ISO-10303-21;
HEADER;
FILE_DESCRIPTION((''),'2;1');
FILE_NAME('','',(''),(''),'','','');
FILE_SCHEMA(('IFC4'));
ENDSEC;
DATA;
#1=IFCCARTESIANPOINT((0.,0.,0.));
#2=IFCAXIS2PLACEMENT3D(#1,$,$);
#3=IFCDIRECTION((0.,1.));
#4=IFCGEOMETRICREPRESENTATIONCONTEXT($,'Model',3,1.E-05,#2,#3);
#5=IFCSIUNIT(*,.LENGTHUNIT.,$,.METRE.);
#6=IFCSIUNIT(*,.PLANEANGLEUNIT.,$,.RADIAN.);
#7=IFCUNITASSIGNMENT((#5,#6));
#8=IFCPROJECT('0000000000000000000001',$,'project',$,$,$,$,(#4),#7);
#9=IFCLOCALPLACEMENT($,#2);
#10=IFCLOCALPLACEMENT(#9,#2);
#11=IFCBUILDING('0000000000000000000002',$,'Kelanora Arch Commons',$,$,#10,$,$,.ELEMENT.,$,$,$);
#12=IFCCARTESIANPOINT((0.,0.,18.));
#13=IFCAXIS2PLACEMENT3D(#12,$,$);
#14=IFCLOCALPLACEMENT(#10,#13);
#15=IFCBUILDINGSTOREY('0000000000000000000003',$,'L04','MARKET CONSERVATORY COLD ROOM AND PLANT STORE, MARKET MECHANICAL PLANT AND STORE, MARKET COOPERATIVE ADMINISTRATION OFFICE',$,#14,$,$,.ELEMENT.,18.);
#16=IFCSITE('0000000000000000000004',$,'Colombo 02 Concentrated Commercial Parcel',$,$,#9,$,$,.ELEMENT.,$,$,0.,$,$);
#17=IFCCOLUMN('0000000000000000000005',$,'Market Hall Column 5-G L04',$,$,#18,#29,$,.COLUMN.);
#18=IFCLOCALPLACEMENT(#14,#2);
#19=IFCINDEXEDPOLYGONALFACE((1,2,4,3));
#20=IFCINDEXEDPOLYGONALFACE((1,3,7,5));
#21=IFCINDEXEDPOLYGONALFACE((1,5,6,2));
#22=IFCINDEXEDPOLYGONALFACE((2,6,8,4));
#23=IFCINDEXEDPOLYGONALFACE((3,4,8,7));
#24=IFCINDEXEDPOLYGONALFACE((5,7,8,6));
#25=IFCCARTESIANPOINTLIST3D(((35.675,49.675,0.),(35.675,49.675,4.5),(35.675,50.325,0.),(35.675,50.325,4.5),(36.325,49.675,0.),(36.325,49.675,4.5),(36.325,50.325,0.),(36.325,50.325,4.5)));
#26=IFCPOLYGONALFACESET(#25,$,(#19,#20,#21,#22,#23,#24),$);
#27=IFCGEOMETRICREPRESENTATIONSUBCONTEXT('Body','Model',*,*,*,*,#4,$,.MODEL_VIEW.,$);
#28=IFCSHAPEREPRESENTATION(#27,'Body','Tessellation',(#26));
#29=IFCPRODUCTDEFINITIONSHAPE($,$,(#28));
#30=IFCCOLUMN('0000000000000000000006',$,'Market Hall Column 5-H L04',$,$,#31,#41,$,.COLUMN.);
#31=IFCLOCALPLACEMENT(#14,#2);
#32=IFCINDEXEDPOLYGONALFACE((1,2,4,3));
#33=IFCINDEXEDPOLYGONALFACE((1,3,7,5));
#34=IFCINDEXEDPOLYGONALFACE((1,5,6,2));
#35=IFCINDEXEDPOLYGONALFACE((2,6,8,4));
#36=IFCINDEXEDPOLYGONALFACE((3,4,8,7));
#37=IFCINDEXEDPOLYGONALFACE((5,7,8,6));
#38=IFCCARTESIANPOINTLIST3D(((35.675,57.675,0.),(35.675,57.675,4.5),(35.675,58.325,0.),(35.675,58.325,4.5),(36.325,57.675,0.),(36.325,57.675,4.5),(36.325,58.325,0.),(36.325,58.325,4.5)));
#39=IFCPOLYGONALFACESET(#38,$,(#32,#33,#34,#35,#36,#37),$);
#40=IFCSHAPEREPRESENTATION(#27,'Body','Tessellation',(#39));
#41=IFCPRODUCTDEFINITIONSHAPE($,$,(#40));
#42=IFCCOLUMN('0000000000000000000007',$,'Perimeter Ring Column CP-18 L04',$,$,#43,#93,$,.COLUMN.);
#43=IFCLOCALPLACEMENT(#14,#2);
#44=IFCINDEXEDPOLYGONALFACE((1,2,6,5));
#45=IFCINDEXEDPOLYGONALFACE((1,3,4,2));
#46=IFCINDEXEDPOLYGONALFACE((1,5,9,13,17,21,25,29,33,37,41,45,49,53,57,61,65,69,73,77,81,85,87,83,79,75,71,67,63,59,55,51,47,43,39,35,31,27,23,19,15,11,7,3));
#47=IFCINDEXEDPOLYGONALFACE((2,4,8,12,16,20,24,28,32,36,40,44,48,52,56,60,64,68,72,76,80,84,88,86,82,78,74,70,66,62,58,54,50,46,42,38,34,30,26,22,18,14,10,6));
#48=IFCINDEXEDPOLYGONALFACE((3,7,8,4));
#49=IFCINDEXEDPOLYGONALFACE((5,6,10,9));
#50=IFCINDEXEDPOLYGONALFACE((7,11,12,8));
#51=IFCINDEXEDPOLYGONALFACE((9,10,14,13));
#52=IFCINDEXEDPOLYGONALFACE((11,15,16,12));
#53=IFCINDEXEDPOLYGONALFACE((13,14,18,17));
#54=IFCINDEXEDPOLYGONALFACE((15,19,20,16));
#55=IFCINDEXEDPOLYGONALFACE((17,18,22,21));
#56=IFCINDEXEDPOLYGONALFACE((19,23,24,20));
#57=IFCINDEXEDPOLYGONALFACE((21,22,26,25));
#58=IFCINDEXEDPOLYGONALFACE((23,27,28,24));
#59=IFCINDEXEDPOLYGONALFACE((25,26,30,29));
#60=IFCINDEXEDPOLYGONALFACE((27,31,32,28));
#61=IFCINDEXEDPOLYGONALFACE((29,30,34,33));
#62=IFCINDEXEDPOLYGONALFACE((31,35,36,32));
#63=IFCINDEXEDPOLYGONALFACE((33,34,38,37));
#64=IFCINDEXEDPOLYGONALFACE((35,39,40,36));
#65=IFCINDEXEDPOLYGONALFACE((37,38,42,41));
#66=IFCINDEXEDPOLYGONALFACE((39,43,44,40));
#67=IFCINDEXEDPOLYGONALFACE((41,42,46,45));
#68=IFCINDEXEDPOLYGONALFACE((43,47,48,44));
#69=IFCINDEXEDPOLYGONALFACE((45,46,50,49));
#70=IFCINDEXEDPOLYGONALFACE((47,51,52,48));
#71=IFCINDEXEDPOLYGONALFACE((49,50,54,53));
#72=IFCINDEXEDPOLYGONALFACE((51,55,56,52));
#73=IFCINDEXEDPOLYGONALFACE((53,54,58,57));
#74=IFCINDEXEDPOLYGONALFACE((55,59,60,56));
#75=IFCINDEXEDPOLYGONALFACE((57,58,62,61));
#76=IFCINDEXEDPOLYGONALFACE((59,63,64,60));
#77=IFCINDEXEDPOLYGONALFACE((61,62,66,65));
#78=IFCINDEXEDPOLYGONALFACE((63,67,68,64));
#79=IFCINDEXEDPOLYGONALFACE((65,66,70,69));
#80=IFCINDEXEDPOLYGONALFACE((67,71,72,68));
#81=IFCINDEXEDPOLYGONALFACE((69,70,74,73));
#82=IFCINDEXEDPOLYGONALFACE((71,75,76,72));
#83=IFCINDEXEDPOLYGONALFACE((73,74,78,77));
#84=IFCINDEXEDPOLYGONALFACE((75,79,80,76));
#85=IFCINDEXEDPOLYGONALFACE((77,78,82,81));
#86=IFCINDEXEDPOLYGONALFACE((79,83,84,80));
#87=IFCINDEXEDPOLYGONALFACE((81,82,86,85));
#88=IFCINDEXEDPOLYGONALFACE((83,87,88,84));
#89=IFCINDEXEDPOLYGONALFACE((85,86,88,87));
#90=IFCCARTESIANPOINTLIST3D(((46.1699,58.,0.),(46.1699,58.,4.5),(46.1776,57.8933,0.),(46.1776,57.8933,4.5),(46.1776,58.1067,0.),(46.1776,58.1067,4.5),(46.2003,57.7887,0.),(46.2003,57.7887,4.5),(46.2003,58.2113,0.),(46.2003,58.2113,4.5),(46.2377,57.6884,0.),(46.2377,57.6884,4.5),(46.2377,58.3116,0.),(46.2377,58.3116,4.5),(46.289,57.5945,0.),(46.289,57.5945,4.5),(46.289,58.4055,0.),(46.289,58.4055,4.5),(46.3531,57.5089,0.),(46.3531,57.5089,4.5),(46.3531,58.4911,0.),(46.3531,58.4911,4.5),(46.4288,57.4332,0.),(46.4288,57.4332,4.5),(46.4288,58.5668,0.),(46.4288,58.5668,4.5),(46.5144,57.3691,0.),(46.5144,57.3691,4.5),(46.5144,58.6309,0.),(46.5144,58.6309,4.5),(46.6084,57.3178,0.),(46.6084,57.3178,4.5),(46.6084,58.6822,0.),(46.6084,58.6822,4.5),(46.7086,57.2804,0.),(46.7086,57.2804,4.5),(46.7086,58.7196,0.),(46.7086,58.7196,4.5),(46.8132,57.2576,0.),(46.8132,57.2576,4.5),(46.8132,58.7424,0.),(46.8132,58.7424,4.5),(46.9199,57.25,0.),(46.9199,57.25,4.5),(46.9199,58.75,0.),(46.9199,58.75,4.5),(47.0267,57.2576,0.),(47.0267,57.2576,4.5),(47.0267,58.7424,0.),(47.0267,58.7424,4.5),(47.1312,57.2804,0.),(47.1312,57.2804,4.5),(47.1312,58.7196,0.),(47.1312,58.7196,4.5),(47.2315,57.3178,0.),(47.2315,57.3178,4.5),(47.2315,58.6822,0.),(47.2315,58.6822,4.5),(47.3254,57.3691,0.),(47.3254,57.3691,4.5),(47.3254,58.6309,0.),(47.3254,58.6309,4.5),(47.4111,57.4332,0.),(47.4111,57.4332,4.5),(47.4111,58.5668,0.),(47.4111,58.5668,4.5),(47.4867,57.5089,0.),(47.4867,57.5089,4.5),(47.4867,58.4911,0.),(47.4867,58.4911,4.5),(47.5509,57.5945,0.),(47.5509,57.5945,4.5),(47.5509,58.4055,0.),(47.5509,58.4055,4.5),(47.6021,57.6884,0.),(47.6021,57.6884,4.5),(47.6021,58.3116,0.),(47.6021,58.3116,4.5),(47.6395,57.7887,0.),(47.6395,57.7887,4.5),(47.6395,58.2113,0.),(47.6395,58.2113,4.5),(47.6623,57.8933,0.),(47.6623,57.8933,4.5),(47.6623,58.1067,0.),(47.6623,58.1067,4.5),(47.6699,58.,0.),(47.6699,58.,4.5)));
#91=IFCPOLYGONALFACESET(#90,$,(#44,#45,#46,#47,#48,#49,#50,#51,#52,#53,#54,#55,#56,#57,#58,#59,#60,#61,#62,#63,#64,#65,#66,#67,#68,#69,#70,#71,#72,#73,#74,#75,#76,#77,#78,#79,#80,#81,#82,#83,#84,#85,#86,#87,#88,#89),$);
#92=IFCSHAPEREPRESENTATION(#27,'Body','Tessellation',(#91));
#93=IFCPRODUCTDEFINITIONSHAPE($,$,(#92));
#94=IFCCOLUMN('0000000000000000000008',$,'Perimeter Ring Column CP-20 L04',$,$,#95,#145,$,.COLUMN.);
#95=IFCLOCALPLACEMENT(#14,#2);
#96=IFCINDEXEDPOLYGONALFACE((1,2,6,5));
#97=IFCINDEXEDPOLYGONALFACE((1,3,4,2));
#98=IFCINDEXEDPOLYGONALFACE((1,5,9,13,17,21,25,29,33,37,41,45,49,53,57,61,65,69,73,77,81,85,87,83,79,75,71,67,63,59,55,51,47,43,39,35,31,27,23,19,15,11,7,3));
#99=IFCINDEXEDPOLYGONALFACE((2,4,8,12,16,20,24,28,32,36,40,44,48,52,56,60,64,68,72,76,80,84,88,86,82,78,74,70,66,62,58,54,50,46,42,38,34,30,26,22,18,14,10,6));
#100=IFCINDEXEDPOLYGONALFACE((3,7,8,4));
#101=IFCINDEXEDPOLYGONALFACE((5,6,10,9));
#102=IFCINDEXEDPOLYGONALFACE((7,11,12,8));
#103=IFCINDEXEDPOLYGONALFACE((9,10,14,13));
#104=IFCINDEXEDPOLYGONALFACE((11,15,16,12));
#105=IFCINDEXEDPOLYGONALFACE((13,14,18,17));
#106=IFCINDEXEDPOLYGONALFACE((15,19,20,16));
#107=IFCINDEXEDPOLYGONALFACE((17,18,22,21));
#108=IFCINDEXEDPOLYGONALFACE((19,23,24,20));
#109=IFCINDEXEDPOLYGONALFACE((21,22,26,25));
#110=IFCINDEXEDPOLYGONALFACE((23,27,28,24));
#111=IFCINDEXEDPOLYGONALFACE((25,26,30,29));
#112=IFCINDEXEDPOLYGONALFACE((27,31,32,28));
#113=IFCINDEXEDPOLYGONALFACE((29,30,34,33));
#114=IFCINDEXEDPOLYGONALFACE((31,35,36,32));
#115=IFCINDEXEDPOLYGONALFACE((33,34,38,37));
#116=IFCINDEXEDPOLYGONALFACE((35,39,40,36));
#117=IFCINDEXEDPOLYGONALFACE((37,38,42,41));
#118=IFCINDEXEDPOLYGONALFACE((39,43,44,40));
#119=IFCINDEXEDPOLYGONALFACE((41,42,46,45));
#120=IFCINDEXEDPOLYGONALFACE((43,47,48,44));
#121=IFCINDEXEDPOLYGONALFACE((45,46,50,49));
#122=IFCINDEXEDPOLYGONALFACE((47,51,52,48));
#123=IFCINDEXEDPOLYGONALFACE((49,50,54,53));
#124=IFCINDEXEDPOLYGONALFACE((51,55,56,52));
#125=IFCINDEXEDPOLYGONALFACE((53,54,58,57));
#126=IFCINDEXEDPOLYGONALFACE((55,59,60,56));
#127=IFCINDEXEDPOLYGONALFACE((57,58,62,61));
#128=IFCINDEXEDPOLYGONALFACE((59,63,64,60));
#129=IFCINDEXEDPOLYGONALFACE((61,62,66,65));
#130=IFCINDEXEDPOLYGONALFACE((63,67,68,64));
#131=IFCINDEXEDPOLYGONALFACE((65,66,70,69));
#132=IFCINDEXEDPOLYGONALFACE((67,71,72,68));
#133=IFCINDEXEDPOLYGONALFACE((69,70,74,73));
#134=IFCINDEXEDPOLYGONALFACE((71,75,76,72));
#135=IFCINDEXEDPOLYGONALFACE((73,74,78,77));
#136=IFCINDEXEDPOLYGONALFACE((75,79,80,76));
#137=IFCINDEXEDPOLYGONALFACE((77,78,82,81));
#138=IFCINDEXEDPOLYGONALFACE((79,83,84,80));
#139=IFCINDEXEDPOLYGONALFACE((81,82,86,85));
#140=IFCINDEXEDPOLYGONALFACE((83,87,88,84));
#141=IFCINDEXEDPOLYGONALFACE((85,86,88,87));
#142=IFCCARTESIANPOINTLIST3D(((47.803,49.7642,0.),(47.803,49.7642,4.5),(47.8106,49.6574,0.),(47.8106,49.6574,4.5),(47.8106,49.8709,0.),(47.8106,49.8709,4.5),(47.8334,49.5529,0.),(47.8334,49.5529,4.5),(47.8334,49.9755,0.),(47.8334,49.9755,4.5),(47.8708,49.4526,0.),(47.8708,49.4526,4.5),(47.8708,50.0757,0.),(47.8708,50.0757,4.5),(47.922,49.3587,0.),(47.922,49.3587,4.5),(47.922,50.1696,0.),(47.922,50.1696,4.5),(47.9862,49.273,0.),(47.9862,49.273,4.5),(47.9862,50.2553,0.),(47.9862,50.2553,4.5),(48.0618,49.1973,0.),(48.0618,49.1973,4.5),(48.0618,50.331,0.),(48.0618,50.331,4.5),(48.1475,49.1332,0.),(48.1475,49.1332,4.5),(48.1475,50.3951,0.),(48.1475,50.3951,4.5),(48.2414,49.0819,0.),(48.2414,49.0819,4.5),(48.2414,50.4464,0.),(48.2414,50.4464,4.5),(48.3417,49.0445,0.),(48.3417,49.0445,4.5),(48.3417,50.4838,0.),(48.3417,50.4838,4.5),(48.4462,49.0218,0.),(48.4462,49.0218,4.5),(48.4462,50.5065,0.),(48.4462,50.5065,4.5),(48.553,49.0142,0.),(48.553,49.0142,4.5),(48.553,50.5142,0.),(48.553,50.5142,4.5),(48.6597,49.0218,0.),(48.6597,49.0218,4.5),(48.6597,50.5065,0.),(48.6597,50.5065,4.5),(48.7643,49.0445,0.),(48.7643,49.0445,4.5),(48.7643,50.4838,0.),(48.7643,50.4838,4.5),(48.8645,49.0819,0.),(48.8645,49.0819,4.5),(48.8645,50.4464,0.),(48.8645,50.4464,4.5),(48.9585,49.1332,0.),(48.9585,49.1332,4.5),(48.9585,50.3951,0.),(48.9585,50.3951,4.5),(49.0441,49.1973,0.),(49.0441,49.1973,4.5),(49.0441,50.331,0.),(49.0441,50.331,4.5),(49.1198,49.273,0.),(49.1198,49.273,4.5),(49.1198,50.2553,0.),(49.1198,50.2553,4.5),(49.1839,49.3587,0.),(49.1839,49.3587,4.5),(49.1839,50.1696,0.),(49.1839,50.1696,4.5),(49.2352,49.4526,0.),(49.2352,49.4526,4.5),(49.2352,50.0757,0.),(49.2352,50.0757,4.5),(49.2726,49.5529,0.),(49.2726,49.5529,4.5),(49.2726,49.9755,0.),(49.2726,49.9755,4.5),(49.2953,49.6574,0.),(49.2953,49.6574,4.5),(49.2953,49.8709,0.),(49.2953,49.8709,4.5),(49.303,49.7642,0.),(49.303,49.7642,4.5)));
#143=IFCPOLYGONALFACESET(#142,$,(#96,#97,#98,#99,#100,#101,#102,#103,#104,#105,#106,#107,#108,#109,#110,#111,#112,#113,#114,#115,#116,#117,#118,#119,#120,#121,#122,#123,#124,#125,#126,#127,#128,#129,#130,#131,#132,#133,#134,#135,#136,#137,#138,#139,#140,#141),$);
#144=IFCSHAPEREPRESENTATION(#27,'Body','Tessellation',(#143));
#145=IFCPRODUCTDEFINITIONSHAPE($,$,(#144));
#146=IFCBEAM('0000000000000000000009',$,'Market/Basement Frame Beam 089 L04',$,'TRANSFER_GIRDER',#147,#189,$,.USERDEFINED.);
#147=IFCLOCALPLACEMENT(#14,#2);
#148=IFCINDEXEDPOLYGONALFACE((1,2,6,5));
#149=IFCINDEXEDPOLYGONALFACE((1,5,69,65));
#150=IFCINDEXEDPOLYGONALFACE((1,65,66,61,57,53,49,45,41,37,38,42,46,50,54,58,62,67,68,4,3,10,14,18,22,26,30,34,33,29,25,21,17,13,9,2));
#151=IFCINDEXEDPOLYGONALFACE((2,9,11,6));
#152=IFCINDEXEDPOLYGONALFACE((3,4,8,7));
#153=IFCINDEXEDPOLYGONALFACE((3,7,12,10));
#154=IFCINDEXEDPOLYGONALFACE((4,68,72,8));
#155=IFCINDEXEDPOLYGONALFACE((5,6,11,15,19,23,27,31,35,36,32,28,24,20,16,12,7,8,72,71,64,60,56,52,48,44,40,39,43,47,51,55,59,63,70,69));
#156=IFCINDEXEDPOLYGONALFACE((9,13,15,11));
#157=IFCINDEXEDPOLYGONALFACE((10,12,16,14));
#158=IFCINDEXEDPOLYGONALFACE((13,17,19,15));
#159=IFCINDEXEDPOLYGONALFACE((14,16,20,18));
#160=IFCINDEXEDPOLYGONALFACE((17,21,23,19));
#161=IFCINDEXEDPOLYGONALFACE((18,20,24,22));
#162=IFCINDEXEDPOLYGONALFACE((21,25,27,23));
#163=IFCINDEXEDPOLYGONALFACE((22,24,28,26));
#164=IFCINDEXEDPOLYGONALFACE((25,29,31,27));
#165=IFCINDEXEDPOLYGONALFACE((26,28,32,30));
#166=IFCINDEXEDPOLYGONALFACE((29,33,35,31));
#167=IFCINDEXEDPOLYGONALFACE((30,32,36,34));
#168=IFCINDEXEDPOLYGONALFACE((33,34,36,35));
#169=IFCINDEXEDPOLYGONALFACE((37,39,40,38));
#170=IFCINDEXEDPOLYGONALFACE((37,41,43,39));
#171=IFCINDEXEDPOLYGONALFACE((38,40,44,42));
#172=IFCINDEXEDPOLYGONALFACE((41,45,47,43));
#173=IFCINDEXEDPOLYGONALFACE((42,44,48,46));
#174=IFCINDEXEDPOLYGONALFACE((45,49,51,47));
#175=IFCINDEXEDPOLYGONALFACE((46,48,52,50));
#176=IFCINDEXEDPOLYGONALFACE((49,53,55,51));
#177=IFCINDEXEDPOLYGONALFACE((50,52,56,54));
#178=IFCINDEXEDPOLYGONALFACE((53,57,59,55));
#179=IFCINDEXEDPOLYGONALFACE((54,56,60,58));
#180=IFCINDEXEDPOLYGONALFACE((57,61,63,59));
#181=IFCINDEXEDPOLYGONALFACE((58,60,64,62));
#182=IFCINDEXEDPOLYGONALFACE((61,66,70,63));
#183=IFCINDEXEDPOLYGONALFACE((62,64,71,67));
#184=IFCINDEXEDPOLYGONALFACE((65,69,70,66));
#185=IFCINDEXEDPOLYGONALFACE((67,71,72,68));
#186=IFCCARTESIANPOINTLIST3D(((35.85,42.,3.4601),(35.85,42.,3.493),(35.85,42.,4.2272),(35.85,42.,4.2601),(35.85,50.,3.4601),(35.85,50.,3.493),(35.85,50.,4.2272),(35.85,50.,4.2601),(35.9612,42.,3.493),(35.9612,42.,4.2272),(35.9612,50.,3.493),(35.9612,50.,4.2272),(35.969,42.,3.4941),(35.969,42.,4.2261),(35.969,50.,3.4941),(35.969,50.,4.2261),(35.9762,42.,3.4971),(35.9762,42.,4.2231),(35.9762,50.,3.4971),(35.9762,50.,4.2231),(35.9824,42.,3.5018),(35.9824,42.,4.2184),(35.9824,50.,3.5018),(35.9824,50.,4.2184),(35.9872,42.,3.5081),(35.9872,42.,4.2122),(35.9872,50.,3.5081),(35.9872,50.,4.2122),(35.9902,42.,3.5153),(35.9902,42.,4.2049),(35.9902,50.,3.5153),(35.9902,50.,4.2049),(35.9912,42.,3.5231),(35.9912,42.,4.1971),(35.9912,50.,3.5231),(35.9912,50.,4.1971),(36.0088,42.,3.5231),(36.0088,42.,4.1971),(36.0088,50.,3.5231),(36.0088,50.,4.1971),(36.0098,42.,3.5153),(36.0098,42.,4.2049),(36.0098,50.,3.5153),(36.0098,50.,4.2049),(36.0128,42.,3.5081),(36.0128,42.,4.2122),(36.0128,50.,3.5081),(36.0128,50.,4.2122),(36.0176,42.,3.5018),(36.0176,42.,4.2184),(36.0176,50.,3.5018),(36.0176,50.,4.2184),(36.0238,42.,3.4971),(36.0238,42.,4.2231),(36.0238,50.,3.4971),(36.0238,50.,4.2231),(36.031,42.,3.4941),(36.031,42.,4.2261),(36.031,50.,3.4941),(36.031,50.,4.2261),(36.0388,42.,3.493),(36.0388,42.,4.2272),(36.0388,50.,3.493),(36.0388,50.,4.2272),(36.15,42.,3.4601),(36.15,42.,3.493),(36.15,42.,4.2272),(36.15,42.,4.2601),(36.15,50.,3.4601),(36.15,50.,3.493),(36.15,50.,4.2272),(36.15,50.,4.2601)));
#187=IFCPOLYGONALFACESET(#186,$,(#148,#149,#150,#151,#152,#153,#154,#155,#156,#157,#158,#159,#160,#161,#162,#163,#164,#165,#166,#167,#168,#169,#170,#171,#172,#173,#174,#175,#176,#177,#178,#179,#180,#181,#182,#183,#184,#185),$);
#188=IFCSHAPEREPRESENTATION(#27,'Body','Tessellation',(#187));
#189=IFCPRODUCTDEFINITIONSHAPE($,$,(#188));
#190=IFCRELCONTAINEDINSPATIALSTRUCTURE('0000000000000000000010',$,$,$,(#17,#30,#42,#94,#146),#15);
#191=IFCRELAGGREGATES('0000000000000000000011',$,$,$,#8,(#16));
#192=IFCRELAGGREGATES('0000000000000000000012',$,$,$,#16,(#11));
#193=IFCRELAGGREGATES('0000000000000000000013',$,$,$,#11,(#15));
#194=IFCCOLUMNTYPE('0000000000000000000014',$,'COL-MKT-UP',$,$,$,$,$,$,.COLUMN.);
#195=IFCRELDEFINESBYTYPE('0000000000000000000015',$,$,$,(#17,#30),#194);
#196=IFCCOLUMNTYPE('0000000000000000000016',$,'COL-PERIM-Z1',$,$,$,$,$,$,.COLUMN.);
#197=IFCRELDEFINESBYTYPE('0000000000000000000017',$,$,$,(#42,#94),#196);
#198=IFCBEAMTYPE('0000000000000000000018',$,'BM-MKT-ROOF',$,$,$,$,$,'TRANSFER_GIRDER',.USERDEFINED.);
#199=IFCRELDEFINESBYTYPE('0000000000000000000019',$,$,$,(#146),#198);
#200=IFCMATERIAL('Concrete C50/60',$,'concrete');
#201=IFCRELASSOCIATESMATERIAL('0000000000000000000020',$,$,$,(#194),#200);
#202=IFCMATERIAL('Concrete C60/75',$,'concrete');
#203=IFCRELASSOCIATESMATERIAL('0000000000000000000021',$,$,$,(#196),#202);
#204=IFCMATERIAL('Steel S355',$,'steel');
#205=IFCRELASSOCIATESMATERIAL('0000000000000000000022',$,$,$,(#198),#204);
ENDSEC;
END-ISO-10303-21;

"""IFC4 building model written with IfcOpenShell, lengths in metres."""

from ifc_helpers import new_model, si_unit, direction, frame, origin, origin_2d, place, context, subcontext, project, spatial, rectangle, circle, i_section, extrude, material, material_profile, profile_set, type_object, element, save


model = new_model("IFC4")

# Units and contexts
model_context = context("Model", 3, precision=1e-05, world=origin(), true_north=direction((0.0, 1.0)))
body_context = subcontext(model_context, "Body", "Model", "MODEL_VIEW")
ifc_project = project(units=[si_unit("LENGTHUNIT", "METRE"), si_unit("PLANEANGLEUNIT", "RADIAN")], contexts=[model_context])

# Site, building, storey
site_placement = place(None, origin())
site = spatial("IfcSite", under=ifc_project, at=site_placement, Name="Colombo 02 Concentrated Commercial Parcel", CompositionType="ELEMENT", RefElevation=0.0)
building_placement = place(site_placement, origin())
building = spatial("IfcBuilding", under=site, at=building_placement, Name="Kelanora Arch Commons", CompositionType="ELEMENT")
storey_placement = place(building_placement, frame((0.0, 0.0, 18.0)))
storey = spatial("IfcBuildingStorey", under=building, at=storey_placement, Name="L04", Description="MARKET CONSERVATORY COLD ROOM AND PLANT STORE, MARKET MECHANICAL PLANT AND STORE, MARKET COOPERATIVE ADMINISTRATION OFFICE", CompositionType="ELEMENT", Elevation=18.0)

# Columns
ifc_material_1 = material(Name="Concrete C50/60", Category="concrete")
ifc_material_profile_1 = material_profile(ifc_material_1, rectangle(XDim=0.6499, YDim=0.6499, at=origin_2d()), Name="RC650x650")
ifc_profile_set_1 = profile_set([ifc_material_profile_1], Name="Concrete C50/60")
column_type_1 = type_object("IfcColumnType", Name="COL-MKT-UP", PredefinedType="COLUMN", material=ifc_profile_set_1)
for number, where, z_axis, x_axis, name in (
    (1, (36.0, 50.0, 0.0), (0.0, 0.0, 1.0), (1.0, 0.0, 0.0), "Market Hall Column 5-G L04"),
    (2, (36.0, 58.0, 0.0), (0.0, 0.0, 1.0), (1.0, 0.0, 0.0), "Market Hall Column 5-H L04"),
):
    element("IfcColumn", number, at=place(storey_placement, frame(where, z_axis=z_axis, x_axis=x_axis)), inside=storey, type_object=column_type_1, Name=name, PredefinedType="COLUMN", context=body_context, shape_type="SweptSolid", body=[
        extrude(rectangle(XDim=0.6499, YDim=0.6499, at=origin_2d()), origin(), (0.0, 0.0, 1.0), 4.5),
    ])
ifc_material_2 = material(Name="Concrete C60/75", Category="concrete")
ifc_material_profile_2 = material_profile(ifc_material_2, circle(Radius=0.75, at=origin_2d()), Name="RCC1500")
ifc_profile_set_2 = profile_set([ifc_material_profile_2], Name="Concrete C60/75")
column_type_2 = type_object("IfcColumnType", Name="COL-PERIM-Z1", PredefinedType="COLUMN", material=ifc_profile_set_2)
for number, where, z_axis, x_axis, name in (
    (3, (46.9199, 58.0, 0.0), (0.0, 0.0, 1.0), (1.0, 0.0, 0.0), "Perimeter Ring Column CP-18 L04"),
    (4, (48.553, 49.7642, 0.0), (0.0, 0.0, 1.0), (1.0, 0.0, 0.0), "Perimeter Ring Column CP-20 L04"),
):
    element("IfcColumn", number, at=place(storey_placement, frame(where, z_axis=z_axis, x_axis=x_axis)), inside=storey, type_object=column_type_2, Name=name, PredefinedType="COLUMN", context=body_context, shape_type="SweptSolid", body=[
        extrude(circle(Radius=0.75, at=origin_2d()), origin(), (0.0, 0.0, 1.0), 4.5),
    ])

# Beam
ifc_material_3 = material(Name="Steel S355", Category="steel")
ifc_material_profile_3 = material_profile(ifc_material_3, i_section(OverallWidth=0.3, OverallDepth=0.8, WebThickness=0.0176, FlangeThickness=0.033, FilletRadius=0.03, at=origin_2d()), Name="HEB800")
ifc_profile_set_3 = profile_set([ifc_material_profile_3], Name="Steel S355")
beam_type_1 = type_object("IfcBeamType", Name="BM-MKT-ROOF", ElementType="TRANSFER_GIRDER", PredefinedType="USERDEFINED", material=ifc_profile_set_3)
for number, where, z_axis, x_axis, name in (
    (5, (36.0, 42.0, 3.8601), (0.0, 1.0, 0.0), (-1.0, 0.0, 0.0), "Market/Basement Frame Beam 089 L04"),
):
    element("IfcBeam", number, at=place(storey_placement, frame(where, z_axis=z_axis, x_axis=x_axis)), inside=storey, type_object=beam_type_1, Name=name, ObjectType="TRANSFER_GIRDER", PredefinedType="USERDEFINED", context=body_context, shape_type="SweptSolid", body=[
        extrude(i_section(OverallWidth=0.3, OverallDepth=0.8, WebThickness=0.0176, FlangeThickness=0.033, FilletRadius=0.03, at=origin_2d()), origin(), (0.0, 0.0, 1.0), 8.0),
    ])

save(model, "model.ifc")
